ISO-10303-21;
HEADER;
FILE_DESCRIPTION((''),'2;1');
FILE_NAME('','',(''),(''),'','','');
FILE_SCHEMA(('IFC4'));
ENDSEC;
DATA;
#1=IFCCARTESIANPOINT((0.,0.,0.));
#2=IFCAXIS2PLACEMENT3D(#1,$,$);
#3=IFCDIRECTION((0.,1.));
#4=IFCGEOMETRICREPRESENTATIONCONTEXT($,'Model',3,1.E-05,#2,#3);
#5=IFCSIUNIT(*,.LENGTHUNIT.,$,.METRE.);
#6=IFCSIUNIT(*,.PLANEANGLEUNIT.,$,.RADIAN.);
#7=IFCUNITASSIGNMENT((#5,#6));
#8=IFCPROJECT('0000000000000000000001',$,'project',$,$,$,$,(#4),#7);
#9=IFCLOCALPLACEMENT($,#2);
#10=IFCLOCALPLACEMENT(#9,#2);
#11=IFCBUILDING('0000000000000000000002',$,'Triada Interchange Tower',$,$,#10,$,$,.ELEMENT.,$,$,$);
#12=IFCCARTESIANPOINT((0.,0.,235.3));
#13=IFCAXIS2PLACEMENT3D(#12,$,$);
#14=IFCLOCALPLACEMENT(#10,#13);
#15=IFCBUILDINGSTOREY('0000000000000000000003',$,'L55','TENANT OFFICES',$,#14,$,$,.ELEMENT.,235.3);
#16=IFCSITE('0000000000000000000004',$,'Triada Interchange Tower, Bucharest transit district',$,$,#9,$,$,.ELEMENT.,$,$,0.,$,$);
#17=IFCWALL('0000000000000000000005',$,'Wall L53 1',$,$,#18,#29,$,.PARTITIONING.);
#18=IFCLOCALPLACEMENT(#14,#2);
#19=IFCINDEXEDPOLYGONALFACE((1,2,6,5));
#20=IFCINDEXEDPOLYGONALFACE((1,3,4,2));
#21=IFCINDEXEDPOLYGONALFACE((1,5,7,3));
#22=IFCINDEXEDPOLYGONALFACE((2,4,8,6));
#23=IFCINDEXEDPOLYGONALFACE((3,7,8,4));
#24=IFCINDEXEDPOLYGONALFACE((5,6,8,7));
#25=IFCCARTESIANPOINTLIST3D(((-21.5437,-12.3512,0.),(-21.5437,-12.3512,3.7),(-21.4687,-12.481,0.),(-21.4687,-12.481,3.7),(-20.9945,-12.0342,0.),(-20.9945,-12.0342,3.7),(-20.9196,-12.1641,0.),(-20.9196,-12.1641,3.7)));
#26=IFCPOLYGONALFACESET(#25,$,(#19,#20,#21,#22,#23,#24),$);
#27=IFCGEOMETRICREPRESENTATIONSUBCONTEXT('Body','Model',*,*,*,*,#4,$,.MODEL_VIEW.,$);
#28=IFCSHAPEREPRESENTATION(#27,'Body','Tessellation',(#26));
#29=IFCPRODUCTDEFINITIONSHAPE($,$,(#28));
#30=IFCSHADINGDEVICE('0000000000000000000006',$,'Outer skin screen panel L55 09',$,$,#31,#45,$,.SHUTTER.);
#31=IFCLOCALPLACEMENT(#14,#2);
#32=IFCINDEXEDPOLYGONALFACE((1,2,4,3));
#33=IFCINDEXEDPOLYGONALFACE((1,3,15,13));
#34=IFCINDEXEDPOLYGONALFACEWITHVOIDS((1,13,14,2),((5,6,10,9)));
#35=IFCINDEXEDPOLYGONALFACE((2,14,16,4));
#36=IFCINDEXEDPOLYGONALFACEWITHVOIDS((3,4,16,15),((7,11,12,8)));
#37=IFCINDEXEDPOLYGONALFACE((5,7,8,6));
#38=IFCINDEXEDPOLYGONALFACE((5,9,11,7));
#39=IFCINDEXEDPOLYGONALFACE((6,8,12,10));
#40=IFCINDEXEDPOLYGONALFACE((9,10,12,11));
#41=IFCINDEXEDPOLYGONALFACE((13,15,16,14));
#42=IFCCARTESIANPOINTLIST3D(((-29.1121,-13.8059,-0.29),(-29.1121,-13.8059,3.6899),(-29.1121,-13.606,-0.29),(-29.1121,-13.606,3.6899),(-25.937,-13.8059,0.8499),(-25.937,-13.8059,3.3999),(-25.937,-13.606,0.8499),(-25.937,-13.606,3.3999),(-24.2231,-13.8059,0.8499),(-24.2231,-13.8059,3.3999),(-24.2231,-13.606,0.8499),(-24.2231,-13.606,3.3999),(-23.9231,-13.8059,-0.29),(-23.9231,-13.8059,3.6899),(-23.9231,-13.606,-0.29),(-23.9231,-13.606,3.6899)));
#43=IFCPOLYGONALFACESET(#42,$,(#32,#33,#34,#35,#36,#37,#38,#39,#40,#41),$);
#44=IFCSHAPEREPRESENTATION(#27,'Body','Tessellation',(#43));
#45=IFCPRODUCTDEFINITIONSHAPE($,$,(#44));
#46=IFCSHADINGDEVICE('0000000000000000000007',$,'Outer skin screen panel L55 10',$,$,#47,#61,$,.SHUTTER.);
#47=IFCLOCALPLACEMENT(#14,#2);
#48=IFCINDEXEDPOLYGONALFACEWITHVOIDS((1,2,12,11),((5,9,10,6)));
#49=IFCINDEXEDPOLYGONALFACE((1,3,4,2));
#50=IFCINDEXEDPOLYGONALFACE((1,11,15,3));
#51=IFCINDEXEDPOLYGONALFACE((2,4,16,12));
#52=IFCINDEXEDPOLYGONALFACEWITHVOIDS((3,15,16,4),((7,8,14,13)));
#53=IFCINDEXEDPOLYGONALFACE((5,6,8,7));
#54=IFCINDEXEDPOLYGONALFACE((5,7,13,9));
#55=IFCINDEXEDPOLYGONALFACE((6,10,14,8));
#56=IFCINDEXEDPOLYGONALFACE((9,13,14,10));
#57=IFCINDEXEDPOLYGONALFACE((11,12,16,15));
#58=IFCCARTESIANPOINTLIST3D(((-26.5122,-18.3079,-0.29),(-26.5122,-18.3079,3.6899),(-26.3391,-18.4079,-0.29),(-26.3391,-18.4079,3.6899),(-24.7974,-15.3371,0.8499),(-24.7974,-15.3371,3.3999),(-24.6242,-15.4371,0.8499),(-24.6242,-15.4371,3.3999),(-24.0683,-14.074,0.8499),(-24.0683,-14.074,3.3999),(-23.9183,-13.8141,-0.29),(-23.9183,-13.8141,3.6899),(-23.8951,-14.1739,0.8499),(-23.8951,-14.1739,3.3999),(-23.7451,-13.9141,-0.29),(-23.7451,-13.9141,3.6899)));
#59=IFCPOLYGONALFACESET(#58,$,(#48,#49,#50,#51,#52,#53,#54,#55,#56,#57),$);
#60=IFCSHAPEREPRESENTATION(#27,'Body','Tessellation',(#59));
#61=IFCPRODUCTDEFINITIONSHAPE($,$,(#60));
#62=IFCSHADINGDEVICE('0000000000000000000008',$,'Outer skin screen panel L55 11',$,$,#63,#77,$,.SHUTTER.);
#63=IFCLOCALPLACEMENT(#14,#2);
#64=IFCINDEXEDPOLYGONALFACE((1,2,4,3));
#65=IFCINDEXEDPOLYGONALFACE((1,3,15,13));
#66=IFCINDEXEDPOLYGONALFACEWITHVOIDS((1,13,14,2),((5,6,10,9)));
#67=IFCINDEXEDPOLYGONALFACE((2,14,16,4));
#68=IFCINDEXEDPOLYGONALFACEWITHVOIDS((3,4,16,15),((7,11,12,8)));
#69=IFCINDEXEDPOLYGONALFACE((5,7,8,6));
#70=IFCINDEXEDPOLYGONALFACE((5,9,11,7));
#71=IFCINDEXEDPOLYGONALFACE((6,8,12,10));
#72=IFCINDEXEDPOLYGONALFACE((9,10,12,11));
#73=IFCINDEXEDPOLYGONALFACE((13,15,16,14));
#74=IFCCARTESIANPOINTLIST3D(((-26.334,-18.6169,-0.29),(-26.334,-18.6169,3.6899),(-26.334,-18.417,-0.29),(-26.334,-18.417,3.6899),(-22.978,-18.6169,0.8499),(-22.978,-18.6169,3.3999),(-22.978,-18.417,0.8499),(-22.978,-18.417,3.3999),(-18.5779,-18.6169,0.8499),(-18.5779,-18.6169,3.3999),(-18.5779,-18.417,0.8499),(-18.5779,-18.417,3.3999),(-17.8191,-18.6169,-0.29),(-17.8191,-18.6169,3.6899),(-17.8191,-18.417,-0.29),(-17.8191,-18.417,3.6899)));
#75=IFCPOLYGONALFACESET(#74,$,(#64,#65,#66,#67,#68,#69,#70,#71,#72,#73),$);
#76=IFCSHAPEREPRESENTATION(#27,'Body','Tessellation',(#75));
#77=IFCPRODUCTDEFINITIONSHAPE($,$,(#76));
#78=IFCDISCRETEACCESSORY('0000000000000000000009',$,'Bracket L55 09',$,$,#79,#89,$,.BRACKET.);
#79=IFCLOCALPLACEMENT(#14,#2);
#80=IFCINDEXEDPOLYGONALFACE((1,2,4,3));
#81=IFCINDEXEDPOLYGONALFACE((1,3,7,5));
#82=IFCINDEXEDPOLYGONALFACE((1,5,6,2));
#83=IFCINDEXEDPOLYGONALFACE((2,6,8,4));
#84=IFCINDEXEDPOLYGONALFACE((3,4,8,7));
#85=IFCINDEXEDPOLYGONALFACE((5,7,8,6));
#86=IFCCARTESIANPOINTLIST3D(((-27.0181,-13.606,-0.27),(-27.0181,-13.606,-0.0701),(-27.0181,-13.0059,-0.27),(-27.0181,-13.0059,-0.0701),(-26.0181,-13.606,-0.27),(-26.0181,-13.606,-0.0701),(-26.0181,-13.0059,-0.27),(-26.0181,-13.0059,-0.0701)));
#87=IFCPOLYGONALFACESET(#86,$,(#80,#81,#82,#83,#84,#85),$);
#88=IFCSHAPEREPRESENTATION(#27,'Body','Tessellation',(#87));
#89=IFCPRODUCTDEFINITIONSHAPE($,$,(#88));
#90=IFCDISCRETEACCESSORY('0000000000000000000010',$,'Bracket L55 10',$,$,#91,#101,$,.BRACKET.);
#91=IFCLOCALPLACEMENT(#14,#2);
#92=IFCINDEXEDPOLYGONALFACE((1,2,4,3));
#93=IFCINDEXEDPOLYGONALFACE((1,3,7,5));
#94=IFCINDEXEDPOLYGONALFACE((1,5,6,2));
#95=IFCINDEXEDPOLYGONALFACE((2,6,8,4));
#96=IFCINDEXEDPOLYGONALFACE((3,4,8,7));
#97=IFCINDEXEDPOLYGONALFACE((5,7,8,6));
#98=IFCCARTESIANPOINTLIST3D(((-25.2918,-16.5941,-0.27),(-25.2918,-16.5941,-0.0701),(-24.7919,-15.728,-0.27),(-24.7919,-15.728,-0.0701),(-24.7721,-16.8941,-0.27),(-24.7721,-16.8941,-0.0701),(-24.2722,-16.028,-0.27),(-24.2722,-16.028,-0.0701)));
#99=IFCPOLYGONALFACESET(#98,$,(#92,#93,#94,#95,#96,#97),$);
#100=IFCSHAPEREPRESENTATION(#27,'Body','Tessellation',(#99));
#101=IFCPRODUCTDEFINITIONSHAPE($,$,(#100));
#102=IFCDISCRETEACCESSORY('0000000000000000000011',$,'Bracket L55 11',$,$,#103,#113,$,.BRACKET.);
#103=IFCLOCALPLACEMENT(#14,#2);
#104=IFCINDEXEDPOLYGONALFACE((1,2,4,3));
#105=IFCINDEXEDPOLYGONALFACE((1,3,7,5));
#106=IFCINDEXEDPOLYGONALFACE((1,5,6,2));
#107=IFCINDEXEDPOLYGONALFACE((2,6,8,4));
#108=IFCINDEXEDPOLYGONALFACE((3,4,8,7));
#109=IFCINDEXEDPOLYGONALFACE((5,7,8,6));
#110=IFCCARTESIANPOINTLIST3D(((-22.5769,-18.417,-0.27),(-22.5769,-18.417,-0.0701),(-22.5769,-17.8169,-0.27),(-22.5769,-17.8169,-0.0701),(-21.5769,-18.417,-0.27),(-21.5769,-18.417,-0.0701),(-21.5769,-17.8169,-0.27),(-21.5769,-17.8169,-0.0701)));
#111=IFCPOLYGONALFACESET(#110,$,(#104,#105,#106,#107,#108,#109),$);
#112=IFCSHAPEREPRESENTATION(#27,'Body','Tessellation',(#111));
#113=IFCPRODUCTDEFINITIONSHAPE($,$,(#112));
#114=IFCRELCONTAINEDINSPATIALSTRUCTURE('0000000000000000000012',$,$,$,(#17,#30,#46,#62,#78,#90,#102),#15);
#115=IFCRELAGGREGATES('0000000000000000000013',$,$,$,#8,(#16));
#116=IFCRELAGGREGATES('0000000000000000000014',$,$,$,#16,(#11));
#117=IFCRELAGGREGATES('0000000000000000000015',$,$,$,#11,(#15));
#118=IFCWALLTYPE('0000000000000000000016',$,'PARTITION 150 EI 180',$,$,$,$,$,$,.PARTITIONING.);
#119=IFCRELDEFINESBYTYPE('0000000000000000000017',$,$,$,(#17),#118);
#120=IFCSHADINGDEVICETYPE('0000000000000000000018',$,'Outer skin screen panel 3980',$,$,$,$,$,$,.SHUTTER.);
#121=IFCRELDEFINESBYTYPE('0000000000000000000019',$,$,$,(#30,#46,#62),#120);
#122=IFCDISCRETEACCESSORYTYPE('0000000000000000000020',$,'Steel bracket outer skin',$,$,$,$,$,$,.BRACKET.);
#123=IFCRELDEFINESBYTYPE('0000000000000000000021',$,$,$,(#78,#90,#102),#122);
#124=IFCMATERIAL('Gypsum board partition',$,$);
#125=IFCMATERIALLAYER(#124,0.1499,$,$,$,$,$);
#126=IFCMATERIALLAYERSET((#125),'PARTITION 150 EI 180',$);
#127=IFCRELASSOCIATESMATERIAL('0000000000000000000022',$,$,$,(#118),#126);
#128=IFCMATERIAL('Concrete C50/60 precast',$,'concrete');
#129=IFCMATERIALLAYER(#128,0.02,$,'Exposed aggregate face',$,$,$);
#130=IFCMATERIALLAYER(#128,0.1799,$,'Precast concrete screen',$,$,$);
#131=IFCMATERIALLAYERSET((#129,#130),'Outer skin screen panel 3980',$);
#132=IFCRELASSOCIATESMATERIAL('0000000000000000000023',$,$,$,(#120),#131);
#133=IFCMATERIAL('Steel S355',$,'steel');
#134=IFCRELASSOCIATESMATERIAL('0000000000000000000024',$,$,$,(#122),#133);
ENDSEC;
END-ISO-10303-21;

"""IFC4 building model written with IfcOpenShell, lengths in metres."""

from ifc_helpers import new_model, si_unit, direction, frame, frame_2d, origin, origin_2d, place, context, subcontext, project, spatial, polyline, rectangle, outline, extrude, material, layer, layer_set, type_object, element, save


model = new_model("IFC4")

# Units and contexts
model_context = context("Model", 3, precision=1e-05, world=origin(), true_north=direction((0.0, 1.0)))
body_context = subcontext(model_context, "Body", "Model", "MODEL_VIEW")
ifc_project = project(units=[si_unit("LENGTHUNIT", "METRE"), si_unit("PLANEANGLEUNIT", "RADIAN")], contexts=[model_context])

# Site, building, storey
site_placement = place(None, origin())
site = spatial("IfcSite", under=ifc_project, at=site_placement, Name="Triada Interchange Tower, Bucharest transit district", CompositionType="ELEMENT", RefElevation=0.0)
building_placement = place(site_placement, origin())
building = spatial("IfcBuilding", under=site, at=building_placement, Name="Triada Interchange Tower", CompositionType="ELEMENT")
storey_placement = place(building_placement, frame((0.0, 0.0, 235.3)))
storey = spatial("IfcBuildingStorey", under=building, at=storey_placement, Name="L55", Description="TENANT OFFICES", CompositionType="ELEMENT", Elevation=235.3)

# Wall
ifc_material_1 = material(Name="Gypsum board partition")
ifc_layer_1 = layer(ifc_material_1, 0.1499)
ifc_layer_set_1 = layer_set([ifc_layer_1], Name="PARTITION 150 EI 180")
wall_type_1 = type_object("IfcWallType", Name="PARTITION 150 EI 180", PredefinedType="PARTITIONING", material=ifc_layer_set_1)
wall_1_placement = place(storey_placement, frame((-21.5061, -12.416, 0.0), z_axis=(0.0, 0.0, 1.0), x_axis=(0.866102, 0.499867, 0.0)))
element("IfcWall", 1, at=wall_1_placement, inside=storey, type_object=wall_type_1, Name="Wall L53 1", PredefinedType="PARTITIONING", context=body_context, shape_type="SweptSolid", body=[
    extrude(rectangle(XDim=0.634, YDim=0.1499, at=frame_2d((0.3169, 0.0))), origin(), (0.0, 0.0, 1.0), 3.7),
])

# Shading devices
ifc_material_2 = material(Name="Concrete C50/60 precast", Category="concrete")
ifc_layer_2 = layer(ifc_material_2, 0.02, Name="Exposed aggregate face")
ifc_layer_3 = layer(ifc_material_2, 0.1799, Name="Precast concrete screen")
ifc_layer_set_2 = layer_set([ifc_layer_2, ifc_layer_3], Name="Outer skin screen panel 3980")
shading_device_type = type_object("IfcShadingDeviceType", Name="Outer skin screen panel 3980", PredefinedType="SHUTTER", material=ifc_layer_set_2)
shading_device_1_placement = place(storey_placement, frame((-29.1121, -13.606, -0.29), z_axis=(0.0, 0.0, 1.0), x_axis=(1.0, 0.0, 0.0)))
element("IfcShadingDevice", 2, at=shading_device_1_placement, inside=storey, type_object=shading_device_type, Name="Outer skin screen panel L55 09", PredefinedType="SHUTTER", context=body_context, shape_type="SweptSolid", body=[
    extrude(outline(polyline([(0.0, 0.0), (5.189, 0.0), (5.189, 3.98), (0.0, 3.98), (0.0, 0.0)]), holes=[polyline([(3.175, 1.1399), (3.175, 3.6899), (4.8889, 3.6899), (4.8889, 1.1399), (3.175, 1.1399)])]), frame((0.0, 0.0, 0.0), z_axis=(0.0, -1.0, 0.0), x_axis=(1.0, 0.0, 0.0)), (0.0, 0.0, 1.0), 0.2),
])
shading_device_2_placement = place(storey_placement, frame((-23.7451, -13.9141, -0.29), z_axis=(0.0, 0.0, 1.0), x_axis=(-0.499919, -0.866072, 0.0)))
element("IfcShadingDevice", 3, at=shading_device_2_placement, inside=storey, type_object=shading_device_type, Name="Outer skin screen panel L55 10", PredefinedType="SHUTTER", context=body_context, shape_type="SweptSolid", body=[
    extrude(outline(polyline([(0.0, 0.0), (5.1887, 0.0), (5.1887, 3.98), (0.0, 3.98), (0.0, 0.0)]), holes=[polyline([(0.3, 1.1399), (0.3, 3.6899), (1.7585, 3.6899), (1.7585, 1.1399), (0.3, 1.1399)])]), frame((0.0, 0.0, 0.0), z_axis=(0.0, -1.0, 0.0), x_axis=(1.0, 0.0, 0.0)), (0.0, 0.0, 1.0), 0.2),
])
shading_device_3_placement = place(storey_placement, frame((-26.334, -18.417, -0.29), z_axis=(0.0, 0.0, 1.0), x_axis=(1.0, 0.0, 0.0)))
element("IfcShadingDevice", 4, at=shading_device_3_placement, inside=storey, type_object=shading_device_type, Name="Outer skin screen panel L55 11", PredefinedType="SHUTTER", context=body_context, shape_type="SweptSolid", body=[
    extrude(outline(polyline([(0.0, 0.0), (8.5149, 0.0), (8.5149, 3.98), (0.0, 3.98), (0.0, 0.0)]), holes=[polyline([(3.356, 1.1399), (3.356, 3.6899), (7.7561, 3.6899), (7.7561, 1.1399), (3.356, 1.1399)])]), frame((0.0, 0.0, 0.0), z_axis=(0.0, -1.0, 0.0), x_axis=(1.0, 0.0, 0.0)), (0.0, 0.0, 1.0), 0.2),
])

# Discrete accessories
ifc_material_3 = material(Name="Steel S355", Category="steel")
discrete_accessory_type = type_object("IfcDiscreteAccessoryType", Name="Steel bracket outer skin", PredefinedType="BRACKET", material=ifc_material_3)
for number, where, z_axis, x_axis, name in (
    (5, (-26.5181, -13.3059, -0.27), (0.0, 0.0, 1.0), (0.0, -1.0, 0.0), "Bracket L55 09"),
    (6, (-24.782, -16.311, -0.27), (0.0, 0.0, 1.0), (-0.866075, 0.499915, 0.0), "Bracket L55 10"),
    (7, (-22.0769, -18.1169, -0.27), (0.0, 0.0, 1.0), (0.0, -1.0, 0.0), "Bracket L55 11"),
):
    element("IfcDiscreteAccessory", number, at=place(storey_placement, frame(where, z_axis=z_axis, x_axis=x_axis)), inside=storey, type_object=discrete_accessory_type, Name=name, PredefinedType="BRACKET", context=body_context, shape_type="SweptSolid", body=[
        extrude(rectangle(XDim=0.6001, YDim=1.0, at=origin_2d()), origin(), (0.0, 0.0, 1.0), 0.2),
    ])

save(model, "model.ifc")
